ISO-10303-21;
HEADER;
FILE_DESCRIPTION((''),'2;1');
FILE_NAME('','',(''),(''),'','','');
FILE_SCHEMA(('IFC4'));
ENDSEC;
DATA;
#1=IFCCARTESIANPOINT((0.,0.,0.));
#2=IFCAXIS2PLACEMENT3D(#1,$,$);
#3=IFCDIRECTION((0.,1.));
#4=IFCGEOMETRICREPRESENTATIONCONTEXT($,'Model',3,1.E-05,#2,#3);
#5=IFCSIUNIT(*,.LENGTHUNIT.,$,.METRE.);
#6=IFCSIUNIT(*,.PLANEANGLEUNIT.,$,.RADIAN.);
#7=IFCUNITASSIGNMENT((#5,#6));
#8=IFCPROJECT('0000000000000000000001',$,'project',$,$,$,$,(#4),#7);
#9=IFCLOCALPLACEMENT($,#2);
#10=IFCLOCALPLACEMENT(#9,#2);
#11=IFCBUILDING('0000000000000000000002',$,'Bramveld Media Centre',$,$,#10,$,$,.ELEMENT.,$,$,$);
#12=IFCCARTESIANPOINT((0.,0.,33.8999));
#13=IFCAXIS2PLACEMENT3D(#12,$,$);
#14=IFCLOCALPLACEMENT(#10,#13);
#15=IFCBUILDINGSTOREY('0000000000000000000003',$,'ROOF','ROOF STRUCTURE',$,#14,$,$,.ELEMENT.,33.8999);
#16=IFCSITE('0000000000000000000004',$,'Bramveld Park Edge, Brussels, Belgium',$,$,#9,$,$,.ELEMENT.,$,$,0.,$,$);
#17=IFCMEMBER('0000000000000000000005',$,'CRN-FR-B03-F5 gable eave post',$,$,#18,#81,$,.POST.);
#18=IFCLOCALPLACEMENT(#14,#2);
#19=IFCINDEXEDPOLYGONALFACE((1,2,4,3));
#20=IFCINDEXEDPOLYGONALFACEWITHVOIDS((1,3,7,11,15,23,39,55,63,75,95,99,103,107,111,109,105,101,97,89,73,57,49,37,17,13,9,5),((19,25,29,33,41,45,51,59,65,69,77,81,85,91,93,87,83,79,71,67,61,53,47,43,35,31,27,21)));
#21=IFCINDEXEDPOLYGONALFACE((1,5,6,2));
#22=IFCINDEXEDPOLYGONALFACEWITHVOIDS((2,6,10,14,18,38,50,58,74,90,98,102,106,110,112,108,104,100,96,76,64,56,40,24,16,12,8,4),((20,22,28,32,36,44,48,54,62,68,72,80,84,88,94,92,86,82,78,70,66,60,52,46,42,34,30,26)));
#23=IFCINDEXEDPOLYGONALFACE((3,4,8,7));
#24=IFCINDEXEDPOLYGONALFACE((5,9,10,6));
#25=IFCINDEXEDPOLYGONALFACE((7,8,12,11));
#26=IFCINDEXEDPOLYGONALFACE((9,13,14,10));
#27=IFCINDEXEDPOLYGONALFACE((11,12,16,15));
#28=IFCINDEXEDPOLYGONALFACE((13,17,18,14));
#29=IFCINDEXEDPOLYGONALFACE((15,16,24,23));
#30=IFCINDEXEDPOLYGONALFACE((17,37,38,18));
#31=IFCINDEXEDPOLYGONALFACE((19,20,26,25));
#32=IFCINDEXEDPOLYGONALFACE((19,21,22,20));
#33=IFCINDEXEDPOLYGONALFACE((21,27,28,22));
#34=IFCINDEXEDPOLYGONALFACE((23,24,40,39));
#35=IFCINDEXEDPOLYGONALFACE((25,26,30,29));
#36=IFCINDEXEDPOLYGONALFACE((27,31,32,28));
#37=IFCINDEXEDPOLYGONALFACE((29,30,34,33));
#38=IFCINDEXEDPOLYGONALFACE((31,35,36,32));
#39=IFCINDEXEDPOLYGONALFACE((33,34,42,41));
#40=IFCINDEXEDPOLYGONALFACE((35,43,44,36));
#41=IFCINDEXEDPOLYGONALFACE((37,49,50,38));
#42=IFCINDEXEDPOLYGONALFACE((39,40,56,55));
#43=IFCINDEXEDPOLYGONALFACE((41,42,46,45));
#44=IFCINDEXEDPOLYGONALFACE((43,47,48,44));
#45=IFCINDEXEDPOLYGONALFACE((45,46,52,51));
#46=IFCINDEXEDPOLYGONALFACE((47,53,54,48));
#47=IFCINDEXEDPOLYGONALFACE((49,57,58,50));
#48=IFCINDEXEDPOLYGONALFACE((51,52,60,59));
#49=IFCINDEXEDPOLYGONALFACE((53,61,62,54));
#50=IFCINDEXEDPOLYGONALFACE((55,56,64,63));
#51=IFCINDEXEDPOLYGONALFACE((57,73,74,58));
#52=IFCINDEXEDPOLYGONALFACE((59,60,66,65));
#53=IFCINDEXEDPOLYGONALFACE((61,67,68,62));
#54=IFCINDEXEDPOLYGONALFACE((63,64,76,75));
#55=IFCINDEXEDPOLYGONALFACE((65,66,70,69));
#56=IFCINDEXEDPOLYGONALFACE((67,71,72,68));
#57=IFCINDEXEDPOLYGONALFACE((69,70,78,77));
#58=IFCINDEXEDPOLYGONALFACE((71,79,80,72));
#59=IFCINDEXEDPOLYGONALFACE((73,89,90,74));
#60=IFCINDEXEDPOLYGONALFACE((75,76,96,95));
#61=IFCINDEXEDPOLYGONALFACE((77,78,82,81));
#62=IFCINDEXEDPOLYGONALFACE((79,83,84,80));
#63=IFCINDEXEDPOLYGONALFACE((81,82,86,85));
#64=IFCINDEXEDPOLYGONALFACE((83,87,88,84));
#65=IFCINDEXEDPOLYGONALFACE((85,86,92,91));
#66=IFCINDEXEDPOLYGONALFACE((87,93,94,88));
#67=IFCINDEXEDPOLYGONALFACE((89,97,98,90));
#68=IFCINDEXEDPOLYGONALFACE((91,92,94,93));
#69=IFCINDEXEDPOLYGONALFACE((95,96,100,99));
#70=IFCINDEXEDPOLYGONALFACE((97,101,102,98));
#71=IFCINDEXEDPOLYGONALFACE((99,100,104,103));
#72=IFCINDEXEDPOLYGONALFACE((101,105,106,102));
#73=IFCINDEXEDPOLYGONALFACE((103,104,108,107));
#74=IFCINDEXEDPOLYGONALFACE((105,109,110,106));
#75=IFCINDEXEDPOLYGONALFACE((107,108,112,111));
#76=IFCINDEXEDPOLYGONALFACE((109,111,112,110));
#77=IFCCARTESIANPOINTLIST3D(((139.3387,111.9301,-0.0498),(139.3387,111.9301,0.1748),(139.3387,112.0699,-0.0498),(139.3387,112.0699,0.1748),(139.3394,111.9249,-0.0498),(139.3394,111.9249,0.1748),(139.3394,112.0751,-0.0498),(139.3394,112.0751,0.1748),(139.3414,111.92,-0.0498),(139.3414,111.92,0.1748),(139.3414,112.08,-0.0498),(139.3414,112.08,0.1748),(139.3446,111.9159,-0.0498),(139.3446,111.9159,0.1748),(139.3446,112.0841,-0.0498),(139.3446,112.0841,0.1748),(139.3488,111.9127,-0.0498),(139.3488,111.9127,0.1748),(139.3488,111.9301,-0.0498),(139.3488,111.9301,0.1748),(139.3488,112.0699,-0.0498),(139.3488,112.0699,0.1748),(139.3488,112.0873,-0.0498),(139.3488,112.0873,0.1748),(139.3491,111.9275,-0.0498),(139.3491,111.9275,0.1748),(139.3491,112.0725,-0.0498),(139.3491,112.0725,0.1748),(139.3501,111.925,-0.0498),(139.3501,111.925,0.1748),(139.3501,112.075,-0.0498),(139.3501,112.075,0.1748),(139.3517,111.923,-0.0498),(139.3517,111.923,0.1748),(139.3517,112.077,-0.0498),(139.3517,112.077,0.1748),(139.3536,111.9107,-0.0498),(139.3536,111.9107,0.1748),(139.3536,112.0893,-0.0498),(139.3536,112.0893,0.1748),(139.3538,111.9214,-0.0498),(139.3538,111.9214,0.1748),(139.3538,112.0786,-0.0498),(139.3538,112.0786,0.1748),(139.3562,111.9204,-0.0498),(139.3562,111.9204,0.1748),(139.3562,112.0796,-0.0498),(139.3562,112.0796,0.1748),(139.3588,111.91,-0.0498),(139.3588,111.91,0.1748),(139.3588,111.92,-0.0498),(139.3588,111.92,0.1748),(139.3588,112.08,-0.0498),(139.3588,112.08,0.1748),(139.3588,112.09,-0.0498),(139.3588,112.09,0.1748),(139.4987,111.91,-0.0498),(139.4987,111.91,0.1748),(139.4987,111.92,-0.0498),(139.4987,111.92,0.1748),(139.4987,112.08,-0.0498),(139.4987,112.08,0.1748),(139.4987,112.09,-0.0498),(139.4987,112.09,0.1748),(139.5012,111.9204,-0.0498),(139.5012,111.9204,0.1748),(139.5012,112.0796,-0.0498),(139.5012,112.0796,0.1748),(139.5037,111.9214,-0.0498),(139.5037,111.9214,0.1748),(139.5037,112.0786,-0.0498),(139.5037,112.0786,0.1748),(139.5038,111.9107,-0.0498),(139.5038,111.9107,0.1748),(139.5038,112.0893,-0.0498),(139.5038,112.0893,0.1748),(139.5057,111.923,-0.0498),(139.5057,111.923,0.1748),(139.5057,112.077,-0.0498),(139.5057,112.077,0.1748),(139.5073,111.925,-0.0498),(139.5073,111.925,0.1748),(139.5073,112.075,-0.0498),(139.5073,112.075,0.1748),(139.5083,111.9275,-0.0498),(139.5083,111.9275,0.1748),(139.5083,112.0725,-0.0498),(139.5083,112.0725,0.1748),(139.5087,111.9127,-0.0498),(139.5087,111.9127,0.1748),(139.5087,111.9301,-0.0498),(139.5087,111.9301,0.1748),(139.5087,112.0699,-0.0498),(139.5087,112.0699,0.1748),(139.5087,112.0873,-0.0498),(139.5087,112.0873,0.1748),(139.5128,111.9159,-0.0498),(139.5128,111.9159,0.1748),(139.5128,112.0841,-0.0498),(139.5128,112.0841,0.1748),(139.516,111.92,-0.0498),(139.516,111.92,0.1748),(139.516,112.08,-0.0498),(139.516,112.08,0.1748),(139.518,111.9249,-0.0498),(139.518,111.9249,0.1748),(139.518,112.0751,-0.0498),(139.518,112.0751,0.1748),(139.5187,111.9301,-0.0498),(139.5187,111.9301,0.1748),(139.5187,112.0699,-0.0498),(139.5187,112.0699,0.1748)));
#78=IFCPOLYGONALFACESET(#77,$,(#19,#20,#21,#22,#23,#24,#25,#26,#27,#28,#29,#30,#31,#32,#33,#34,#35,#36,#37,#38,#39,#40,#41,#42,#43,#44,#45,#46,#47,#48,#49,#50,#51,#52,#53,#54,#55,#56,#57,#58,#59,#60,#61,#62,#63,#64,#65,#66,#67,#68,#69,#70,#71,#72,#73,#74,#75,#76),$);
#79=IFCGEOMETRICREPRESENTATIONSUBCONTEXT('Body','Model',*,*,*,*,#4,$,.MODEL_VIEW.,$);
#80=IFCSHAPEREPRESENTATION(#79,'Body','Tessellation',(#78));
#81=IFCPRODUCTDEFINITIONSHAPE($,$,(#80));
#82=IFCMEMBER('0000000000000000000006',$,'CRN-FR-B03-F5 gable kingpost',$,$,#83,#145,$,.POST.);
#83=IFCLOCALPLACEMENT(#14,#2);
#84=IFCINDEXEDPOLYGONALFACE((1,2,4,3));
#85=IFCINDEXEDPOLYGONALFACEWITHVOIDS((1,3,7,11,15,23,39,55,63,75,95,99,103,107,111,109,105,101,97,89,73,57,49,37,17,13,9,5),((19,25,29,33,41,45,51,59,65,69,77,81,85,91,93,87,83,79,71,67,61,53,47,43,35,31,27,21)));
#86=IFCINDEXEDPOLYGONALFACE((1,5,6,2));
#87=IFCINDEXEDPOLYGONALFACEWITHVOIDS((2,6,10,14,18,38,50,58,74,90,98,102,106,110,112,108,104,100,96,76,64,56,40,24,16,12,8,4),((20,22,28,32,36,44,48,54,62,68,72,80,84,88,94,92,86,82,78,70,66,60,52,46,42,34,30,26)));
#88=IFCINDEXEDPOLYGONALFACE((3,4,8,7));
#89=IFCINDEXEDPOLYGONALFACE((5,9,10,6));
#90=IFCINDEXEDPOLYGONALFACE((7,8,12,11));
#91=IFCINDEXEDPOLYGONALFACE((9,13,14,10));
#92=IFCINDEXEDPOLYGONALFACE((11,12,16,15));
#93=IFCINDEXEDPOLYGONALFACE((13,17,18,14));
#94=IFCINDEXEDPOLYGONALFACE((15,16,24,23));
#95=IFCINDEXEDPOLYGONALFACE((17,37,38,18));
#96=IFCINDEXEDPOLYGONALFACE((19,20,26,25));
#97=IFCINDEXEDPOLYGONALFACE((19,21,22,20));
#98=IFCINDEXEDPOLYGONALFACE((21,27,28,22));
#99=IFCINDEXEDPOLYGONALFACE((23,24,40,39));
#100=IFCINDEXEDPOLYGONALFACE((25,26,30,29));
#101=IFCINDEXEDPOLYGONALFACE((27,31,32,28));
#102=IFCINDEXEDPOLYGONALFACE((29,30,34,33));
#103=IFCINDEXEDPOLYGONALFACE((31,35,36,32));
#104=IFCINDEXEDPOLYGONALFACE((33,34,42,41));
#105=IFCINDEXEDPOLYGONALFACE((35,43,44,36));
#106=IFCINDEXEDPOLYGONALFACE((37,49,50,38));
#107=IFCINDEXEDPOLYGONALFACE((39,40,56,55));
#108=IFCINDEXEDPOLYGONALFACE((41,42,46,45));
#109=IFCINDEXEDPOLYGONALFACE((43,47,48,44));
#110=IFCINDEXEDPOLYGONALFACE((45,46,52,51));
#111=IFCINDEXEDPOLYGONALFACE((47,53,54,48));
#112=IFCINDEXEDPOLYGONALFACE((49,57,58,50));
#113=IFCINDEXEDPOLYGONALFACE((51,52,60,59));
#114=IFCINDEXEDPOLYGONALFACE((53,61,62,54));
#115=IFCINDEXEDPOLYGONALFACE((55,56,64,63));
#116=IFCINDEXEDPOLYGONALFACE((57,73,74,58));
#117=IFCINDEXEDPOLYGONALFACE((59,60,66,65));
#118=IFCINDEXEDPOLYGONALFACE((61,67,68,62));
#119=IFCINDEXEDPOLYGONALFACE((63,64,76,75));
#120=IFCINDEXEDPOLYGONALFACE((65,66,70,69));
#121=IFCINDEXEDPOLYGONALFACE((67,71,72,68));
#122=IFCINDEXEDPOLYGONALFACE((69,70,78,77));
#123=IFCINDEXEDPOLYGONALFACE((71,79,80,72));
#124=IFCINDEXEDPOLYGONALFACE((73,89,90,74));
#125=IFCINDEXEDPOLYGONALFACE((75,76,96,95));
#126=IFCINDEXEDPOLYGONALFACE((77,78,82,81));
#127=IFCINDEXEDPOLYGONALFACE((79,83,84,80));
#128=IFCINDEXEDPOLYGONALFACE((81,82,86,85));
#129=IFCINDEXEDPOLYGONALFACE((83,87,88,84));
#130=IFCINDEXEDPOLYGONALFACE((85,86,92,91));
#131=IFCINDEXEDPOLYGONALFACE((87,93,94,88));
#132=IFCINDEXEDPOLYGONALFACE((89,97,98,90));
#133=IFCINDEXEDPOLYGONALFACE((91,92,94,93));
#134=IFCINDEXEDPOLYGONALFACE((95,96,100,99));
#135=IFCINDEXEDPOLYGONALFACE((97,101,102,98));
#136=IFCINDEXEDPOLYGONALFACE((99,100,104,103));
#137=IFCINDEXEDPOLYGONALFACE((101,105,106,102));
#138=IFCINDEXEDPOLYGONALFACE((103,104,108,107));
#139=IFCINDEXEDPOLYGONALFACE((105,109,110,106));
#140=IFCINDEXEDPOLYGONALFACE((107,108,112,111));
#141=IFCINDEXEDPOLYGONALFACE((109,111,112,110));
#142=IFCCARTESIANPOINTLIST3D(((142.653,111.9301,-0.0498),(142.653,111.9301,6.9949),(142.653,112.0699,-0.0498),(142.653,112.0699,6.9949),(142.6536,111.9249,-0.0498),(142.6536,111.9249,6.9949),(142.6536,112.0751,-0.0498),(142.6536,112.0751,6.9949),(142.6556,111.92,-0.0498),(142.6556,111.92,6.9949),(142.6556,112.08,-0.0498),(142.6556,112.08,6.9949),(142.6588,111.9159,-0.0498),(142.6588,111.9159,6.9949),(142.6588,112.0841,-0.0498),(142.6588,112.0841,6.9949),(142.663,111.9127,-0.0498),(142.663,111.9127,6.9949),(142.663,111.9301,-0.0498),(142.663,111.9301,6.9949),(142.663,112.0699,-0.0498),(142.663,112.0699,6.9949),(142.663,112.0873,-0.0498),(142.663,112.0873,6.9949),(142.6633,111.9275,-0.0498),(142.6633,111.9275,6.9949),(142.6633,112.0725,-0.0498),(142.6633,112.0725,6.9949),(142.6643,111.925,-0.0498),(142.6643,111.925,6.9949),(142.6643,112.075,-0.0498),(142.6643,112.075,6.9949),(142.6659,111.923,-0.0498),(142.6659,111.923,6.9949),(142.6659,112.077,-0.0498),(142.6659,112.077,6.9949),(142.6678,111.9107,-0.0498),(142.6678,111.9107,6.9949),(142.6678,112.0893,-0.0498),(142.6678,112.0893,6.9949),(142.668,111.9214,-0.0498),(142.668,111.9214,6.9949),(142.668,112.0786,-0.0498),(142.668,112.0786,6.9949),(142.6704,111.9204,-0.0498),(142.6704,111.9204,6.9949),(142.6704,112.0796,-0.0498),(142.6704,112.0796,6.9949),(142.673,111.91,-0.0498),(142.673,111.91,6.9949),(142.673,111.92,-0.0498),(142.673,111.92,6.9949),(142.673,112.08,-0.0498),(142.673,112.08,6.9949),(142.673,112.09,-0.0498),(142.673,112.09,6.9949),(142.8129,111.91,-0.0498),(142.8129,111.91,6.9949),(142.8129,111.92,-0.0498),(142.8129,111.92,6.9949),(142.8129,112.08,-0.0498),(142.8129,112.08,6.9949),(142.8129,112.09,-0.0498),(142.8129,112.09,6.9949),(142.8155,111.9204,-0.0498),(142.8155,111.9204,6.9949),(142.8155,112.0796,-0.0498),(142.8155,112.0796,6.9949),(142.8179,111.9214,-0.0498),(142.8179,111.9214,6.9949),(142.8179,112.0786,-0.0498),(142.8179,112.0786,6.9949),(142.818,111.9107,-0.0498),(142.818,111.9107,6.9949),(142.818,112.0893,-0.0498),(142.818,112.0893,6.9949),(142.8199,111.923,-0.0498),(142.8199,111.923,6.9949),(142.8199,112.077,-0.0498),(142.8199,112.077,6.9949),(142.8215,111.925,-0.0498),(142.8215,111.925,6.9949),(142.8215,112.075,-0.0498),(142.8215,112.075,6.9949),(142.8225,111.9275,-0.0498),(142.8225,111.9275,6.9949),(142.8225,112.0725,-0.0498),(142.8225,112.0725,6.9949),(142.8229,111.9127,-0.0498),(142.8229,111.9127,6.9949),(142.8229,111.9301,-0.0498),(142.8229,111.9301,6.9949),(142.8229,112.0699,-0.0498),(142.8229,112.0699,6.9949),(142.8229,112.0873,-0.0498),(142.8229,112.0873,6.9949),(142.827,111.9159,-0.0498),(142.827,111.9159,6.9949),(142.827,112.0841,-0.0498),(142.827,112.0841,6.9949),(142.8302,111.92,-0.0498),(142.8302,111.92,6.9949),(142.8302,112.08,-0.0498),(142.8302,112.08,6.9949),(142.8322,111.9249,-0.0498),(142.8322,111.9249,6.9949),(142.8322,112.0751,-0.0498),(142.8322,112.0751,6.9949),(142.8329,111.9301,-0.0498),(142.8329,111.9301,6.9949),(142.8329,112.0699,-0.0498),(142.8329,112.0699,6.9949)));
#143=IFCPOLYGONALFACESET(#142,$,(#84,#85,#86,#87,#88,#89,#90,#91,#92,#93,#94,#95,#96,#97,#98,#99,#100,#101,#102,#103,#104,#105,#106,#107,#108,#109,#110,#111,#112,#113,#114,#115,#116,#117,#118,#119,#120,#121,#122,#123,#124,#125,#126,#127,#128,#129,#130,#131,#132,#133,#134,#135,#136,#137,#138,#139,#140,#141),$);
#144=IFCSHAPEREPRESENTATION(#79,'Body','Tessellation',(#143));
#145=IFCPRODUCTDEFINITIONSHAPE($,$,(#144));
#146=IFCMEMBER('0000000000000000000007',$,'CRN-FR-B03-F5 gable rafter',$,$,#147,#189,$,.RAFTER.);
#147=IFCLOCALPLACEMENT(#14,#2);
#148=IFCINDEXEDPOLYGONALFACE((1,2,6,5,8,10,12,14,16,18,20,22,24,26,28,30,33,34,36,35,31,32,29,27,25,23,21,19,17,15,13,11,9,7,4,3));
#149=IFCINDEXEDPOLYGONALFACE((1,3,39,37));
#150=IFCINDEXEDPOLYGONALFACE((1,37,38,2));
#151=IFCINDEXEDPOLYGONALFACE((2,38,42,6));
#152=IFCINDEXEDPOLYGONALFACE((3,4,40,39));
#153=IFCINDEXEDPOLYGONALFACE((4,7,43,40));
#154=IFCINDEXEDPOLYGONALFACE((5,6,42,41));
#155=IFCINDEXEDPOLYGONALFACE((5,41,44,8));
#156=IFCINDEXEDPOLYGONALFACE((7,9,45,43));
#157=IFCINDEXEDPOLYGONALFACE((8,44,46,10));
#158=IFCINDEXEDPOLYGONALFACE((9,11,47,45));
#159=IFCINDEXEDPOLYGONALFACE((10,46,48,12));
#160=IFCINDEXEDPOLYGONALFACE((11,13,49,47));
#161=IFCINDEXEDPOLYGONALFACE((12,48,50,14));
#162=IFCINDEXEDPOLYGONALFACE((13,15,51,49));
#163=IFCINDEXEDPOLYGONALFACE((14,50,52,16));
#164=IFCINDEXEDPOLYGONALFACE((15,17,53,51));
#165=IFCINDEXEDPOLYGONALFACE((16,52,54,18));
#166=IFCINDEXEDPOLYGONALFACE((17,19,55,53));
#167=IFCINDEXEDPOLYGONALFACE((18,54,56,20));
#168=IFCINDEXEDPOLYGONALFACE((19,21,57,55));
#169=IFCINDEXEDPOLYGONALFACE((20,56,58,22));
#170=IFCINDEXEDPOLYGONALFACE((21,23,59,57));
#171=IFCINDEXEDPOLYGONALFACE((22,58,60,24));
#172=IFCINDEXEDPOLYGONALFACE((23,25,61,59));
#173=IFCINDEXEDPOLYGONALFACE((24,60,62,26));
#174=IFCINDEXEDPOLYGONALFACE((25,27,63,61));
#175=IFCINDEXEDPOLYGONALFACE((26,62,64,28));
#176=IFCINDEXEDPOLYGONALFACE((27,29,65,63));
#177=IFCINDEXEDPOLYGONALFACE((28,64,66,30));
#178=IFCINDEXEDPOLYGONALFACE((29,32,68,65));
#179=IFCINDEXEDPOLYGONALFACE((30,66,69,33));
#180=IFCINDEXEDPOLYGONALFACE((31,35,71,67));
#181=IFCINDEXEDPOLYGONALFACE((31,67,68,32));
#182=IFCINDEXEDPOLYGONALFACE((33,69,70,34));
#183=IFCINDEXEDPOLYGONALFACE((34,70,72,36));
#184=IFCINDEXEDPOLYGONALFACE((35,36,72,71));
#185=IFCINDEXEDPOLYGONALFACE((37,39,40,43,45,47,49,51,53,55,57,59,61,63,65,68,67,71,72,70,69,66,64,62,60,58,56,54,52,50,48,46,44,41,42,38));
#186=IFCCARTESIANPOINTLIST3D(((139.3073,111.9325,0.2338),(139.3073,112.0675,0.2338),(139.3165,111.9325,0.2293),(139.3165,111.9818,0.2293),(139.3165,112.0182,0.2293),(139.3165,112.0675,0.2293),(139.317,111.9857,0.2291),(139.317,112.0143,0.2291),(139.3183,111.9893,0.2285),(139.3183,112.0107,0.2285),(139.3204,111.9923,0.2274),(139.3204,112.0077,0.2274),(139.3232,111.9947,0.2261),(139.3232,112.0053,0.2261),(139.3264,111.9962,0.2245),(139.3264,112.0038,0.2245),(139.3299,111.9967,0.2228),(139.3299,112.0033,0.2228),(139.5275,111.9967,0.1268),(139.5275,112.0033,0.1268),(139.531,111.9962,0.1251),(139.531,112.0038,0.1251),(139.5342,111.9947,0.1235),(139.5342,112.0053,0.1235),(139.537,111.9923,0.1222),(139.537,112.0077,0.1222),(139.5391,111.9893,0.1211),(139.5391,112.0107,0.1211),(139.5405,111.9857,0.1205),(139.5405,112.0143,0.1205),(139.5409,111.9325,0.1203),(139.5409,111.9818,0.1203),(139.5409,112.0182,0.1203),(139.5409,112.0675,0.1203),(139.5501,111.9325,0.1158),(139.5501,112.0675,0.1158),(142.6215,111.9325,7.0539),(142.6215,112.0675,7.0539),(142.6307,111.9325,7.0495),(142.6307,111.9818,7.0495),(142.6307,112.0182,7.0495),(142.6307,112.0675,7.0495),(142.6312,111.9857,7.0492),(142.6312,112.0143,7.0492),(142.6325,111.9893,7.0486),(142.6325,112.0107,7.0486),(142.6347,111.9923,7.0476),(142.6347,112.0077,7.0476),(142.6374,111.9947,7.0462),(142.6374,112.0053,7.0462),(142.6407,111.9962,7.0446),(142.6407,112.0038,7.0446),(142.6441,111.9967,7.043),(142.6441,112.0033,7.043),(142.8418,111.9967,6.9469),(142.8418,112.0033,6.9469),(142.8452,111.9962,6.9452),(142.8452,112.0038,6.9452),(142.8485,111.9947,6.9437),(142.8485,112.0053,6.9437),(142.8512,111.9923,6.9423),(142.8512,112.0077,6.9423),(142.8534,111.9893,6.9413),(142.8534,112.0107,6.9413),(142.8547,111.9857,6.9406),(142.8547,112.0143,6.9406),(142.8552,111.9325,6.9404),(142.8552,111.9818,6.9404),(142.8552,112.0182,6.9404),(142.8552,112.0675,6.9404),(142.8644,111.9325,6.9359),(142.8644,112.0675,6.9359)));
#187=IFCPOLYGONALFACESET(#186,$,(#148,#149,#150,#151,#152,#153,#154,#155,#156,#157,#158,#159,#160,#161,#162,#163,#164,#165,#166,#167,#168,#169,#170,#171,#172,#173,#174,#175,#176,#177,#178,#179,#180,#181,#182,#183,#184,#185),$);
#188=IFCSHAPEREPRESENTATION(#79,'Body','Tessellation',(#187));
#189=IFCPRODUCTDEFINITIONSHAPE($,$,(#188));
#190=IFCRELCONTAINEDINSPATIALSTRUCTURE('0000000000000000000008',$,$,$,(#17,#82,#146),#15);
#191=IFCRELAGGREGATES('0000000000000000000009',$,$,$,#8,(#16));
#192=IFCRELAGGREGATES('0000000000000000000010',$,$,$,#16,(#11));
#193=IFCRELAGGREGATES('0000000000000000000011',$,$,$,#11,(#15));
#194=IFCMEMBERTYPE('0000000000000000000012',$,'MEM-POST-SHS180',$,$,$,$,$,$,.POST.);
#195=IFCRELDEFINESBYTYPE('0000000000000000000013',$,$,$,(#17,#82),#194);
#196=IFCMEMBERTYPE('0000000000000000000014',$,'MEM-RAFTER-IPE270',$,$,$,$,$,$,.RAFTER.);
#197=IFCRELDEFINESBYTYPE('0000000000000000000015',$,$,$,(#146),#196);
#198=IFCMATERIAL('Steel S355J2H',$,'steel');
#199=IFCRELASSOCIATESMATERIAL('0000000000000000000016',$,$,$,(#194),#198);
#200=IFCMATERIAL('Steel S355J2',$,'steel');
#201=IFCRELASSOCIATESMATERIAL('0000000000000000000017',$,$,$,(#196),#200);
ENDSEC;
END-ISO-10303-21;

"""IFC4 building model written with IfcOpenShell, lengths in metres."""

from ifc_helpers import new_model, si_unit, direction, frame, origin, origin_2d, place, context, subcontext, project, spatial, hollow_rectangle, i_section, extrude, material, material_profile, profile_set, type_object, element, save


model = new_model("IFC4")

# Units and contexts
model_context = context("Model", 3, precision=1e-05, world=origin(), true_north=direction((0.0, 1.0)))
body_context = subcontext(model_context, "Body", "Model", "MODEL_VIEW")
ifc_project = project(units=[si_unit("LENGTHUNIT", "METRE"), si_unit("PLANEANGLEUNIT", "RADIAN")], contexts=[model_context])

# Site, building, storey
site_placement = place(None, origin())
site = spatial("IfcSite", under=ifc_project, at=site_placement, Name="Bramveld Park Edge, Brussels, Belgium", CompositionType="ELEMENT", RefElevation=0.0)
building_placement = place(site_placement, origin())
building = spatial("IfcBuilding", under=site, at=building_placement, Name="Bramveld Media Centre", CompositionType="ELEMENT")
storey_placement = place(building_placement, frame((0.0, 0.0, 33.8999)))
storey = spatial("IfcBuildingStorey", under=building, at=storey_placement, Name="ROOF", Description="ROOF STRUCTURE", CompositionType="ELEMENT", Elevation=33.8999)

# Members
ifc_material_1 = material(Name="Steel S355J2H", Category="steel")
ifc_material_profile_1 = material_profile(ifc_material_1, hollow_rectangle(XDim=0.1799, YDim=0.1799, WallThickness=0.01, InnerFilletRadius=0.01, OuterFilletRadius=0.02, at=origin_2d()), Name="SHS 180x180x10")
ifc_profile_set_1 = profile_set([ifc_material_profile_1], Name="Steel S355J2H")
member_type_1 = type_object("IfcMemberType", Name="MEM-POST-SHS180", PredefinedType="POST", material=ifc_profile_set_1)
member_1_placement = place(storey_placement, frame((139.4287, 112.0, -0.0498), z_axis=(0.0, 0.0, 1.0), x_axis=(1.0, 0.0, 0.0)))
element("IfcMember", 1, at=member_1_placement, inside=storey, type_object=member_type_1, Name="CRN-FR-B03-F5 gable eave post", PredefinedType="POST", context=body_context, shape_type="SweptSolid", body=[
    extrude(hollow_rectangle(XDim=0.1799, YDim=0.1799, WallThickness=0.01, InnerFilletRadius=0.01, OuterFilletRadius=0.02, at=origin_2d()), origin(), (0.0, 0.0, 1.0), 0.2246),
])
member_2_placement = place(storey_placement, frame((142.7429, 112.0, -0.0498), z_axis=(0.0, 0.0, 1.0), x_axis=(1.0, 0.0, 0.0)))
element("IfcMember", 2, at=member_2_placement, inside=storey, type_object=member_type_1, Name="CRN-FR-B03-F5 gable kingpost", PredefinedType="POST", context=body_context, shape_type="SweptSolid", body=[
    extrude(hollow_rectangle(XDim=0.1799, YDim=0.1799, WallThickness=0.01, InnerFilletRadius=0.01, OuterFilletRadius=0.02, at=origin_2d()), origin(), (0.0, 0.0, 1.0), 7.0447),
])
ifc_material_2 = material(Name="Steel S355J2", Category="steel")
ifc_material_profile_2 = material_profile(ifc_material_2, i_section(OverallWidth=0.135, OverallDepth=0.27, WebThickness=0.0066, FlangeThickness=0.0103, FilletRadius=0.0149, at=origin_2d()), Name="IPE 270")
ifc_profile_set_2 = profile_set([ifc_material_profile_2], Name="Steel S355J2")
member_type_2 = type_object("IfcMemberType", Name="MEM-RAFTER-IPE270", PredefinedType="RAFTER", material=ifc_profile_set_2)
member_3_placement = place(storey_placement, frame((139.4287, 112.0, 0.1748), z_axis=(0.437075, 0.0, 0.899425), x_axis=(0.0, 1.0, 0.0)))
element("IfcMember", 3, at=member_3_placement, inside=storey, type_object=member_type_2, Name="CRN-FR-B03-F5 gable rafter", PredefinedType="RAFTER", context=body_context, shape_type="SweptSolid", body=[
    extrude(i_section(OverallWidth=0.135, OverallDepth=0.27, WebThickness=0.0066, FlangeThickness=0.0103, FilletRadius=0.0149, at=origin_2d()), origin(), (0.0, 0.0, 1.0), 7.5828),
])

save(model, "model.ifc")
